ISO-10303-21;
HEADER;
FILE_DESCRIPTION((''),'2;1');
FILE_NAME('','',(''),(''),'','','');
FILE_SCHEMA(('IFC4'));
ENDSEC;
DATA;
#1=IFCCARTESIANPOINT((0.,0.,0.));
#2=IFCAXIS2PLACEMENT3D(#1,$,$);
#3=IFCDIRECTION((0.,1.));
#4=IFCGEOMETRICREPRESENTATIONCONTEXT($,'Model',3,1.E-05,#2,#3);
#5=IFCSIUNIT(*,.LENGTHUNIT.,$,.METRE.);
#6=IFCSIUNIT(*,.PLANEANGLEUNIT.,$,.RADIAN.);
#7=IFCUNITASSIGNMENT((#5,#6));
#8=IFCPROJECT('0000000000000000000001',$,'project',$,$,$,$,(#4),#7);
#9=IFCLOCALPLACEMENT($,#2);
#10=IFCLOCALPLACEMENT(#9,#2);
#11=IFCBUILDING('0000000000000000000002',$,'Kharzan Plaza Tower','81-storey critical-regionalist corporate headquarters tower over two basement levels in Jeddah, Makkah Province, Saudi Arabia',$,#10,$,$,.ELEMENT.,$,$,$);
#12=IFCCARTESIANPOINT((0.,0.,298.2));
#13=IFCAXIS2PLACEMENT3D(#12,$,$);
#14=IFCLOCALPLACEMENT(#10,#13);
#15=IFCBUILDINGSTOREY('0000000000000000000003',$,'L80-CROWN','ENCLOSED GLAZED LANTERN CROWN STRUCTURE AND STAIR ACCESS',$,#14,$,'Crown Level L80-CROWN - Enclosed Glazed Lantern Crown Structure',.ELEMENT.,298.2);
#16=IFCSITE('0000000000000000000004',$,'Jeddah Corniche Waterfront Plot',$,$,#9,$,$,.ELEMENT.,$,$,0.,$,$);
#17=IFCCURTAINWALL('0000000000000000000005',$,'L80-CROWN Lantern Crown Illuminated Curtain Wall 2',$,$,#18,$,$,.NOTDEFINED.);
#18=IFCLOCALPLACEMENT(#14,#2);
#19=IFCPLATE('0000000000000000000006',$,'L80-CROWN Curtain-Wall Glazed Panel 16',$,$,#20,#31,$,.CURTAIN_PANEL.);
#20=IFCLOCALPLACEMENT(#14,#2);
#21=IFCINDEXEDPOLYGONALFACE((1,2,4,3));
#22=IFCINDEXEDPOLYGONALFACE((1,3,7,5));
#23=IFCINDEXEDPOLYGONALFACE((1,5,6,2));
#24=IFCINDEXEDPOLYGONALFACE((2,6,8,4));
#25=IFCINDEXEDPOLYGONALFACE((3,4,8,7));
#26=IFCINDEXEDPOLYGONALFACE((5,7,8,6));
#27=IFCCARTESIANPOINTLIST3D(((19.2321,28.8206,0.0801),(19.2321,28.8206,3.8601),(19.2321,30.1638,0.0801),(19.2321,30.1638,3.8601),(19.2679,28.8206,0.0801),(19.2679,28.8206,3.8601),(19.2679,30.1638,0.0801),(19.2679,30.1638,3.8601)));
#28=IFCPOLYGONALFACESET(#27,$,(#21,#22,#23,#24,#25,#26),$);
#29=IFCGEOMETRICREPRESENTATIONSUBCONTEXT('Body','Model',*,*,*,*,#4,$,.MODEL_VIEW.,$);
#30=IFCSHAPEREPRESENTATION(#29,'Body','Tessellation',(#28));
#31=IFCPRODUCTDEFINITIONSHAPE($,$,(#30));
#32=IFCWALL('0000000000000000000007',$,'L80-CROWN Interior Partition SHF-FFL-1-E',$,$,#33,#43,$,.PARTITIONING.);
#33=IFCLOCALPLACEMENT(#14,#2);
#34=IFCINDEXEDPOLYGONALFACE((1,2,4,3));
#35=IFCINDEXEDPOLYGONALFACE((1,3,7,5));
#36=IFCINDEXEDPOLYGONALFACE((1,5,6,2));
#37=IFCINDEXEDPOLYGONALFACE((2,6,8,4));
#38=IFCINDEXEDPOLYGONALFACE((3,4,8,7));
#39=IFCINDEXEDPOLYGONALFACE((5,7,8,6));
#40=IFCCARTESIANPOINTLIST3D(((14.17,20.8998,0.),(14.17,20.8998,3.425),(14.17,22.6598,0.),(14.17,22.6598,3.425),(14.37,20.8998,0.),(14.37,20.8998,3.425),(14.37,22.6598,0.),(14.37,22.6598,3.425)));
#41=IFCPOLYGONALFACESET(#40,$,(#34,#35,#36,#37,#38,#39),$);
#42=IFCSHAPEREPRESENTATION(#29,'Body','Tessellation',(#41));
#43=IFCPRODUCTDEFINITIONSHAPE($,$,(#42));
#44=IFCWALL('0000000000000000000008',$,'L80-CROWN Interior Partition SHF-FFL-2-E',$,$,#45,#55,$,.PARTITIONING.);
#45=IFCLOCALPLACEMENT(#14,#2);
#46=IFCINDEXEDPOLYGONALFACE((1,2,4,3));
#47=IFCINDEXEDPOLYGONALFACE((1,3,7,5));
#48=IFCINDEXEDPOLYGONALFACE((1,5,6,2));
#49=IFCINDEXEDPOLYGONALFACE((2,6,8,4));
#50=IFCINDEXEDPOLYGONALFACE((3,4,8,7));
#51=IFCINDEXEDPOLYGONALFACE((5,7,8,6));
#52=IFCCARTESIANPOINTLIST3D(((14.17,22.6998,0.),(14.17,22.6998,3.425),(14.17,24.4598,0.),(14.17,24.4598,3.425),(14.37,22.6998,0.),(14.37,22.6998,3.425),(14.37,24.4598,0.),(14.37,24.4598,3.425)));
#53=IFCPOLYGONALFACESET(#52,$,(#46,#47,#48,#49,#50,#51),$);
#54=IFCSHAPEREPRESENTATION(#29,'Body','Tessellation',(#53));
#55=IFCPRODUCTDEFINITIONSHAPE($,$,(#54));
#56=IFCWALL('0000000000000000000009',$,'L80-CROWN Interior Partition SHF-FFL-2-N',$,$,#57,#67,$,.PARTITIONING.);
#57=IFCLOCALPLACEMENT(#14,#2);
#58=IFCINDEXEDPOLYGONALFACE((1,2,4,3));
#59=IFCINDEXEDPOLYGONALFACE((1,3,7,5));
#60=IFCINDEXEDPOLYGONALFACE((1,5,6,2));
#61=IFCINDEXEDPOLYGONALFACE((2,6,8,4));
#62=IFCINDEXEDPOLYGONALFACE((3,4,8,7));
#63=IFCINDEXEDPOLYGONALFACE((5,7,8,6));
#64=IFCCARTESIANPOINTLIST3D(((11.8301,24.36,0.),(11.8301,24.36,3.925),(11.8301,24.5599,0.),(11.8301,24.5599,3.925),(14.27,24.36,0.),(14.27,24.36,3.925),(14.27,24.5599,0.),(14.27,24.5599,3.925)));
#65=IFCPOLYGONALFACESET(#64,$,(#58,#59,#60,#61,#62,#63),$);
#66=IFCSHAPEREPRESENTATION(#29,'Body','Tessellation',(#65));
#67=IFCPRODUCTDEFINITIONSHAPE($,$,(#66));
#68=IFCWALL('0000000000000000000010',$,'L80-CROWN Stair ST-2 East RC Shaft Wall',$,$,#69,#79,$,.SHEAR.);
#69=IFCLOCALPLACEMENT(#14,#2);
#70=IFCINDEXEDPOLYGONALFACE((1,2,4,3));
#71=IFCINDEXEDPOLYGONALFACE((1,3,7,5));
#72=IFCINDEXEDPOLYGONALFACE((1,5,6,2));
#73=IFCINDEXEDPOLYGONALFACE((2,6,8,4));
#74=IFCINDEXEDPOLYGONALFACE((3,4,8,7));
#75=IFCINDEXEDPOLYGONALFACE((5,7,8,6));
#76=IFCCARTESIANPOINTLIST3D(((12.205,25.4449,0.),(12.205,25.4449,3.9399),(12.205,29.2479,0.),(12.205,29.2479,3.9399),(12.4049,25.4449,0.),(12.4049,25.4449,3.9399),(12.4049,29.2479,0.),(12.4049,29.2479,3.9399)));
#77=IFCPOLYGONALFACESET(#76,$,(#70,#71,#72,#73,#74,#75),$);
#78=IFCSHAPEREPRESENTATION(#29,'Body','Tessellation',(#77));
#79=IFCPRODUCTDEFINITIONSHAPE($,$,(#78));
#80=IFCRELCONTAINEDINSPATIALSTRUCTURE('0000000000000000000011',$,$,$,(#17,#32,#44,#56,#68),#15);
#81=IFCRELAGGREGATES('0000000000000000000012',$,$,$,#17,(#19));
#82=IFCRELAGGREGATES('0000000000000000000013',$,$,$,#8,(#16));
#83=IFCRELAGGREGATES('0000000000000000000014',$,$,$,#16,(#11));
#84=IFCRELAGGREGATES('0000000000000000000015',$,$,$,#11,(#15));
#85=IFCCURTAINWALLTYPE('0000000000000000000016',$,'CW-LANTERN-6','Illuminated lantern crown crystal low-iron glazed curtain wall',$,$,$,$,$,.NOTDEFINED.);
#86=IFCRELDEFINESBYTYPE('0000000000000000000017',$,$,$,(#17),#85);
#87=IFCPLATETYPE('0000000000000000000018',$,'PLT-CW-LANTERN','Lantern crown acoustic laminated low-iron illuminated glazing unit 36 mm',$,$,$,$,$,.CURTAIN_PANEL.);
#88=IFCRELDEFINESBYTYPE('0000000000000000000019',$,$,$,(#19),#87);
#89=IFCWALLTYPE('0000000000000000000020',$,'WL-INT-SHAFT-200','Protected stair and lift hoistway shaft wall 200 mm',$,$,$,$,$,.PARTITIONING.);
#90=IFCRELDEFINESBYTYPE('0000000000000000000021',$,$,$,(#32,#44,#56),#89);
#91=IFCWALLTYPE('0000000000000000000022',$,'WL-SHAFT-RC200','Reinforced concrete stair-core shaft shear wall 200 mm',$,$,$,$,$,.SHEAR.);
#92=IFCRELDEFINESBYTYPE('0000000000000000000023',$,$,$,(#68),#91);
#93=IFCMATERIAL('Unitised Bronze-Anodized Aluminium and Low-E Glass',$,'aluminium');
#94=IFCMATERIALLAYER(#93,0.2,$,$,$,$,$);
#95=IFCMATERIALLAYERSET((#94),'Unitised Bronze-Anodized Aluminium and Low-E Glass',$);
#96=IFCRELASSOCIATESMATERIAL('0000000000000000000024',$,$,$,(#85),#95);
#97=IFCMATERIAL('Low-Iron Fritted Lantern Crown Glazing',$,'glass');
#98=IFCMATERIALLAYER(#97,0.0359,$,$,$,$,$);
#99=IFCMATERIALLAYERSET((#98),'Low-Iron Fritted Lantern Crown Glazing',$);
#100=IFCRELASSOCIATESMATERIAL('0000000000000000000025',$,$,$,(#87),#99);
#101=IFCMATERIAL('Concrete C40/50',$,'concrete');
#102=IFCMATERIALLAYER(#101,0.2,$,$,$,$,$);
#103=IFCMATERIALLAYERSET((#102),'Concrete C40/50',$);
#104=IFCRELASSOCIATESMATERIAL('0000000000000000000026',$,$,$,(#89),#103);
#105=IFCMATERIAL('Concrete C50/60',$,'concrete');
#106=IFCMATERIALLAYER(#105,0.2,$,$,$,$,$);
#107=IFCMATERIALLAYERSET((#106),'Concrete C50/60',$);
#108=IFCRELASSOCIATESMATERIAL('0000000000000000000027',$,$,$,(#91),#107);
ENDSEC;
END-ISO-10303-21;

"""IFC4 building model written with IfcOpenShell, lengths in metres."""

from ifc_helpers import new_model, si_unit, direction, frame, frame_2d, origin, origin_2d, place, context, subcontext, project, spatial, rectangle, extrude, source, transform, mapped, material, layer, layer_set, type_object, element, aggregate, save


model = new_model("IFC4")

# Units and contexts
model_context = context("Model", 3, precision=1e-05, world=origin(), true_north=direction((0.0, 1.0)))
body_context = subcontext(model_context, "Body", "Model", "MODEL_VIEW")
ifc_project = project(units=[si_unit("LENGTHUNIT", "METRE"), si_unit("PLANEANGLEUNIT", "RADIAN")], contexts=[model_context])

# Site, building, storey
site_placement = place(None, origin())
site = spatial("IfcSite", under=ifc_project, at=site_placement, Name="Jeddah Corniche Waterfront Plot", CompositionType="ELEMENT", RefElevation=0.0)
building_placement = place(site_placement, origin())
building = spatial("IfcBuilding", under=site, at=building_placement, Name="Kharzan Plaza Tower", Description="81-storey critical-regionalist corporate headquarters tower over two basement levels in Jeddah, Makkah Province, Saudi Arabia", CompositionType="ELEMENT")
storey_placement = place(building_placement, frame((0.0, 0.0, 298.2)))
storey = spatial("IfcBuildingStorey", under=building, at=storey_placement, Name="L80-CROWN", Description="ENCLOSED GLAZED LANTERN CROWN STRUCTURE AND STAIR ACCESS", LongName="Crown Level L80-CROWN - Enclosed Glazed Lantern Crown Structure", CompositionType="ELEMENT", Elevation=298.2)

# Curtain wall
ifc_material_1 = material(Name="Unitised Bronze-Anodized Aluminium and Low-E Glass", Category="aluminium")
ifc_layer_1 = layer(ifc_material_1, 0.2)
ifc_layer_set_1 = layer_set([ifc_layer_1], Name="Unitised Bronze-Anodized Aluminium and Low-E Glass")
curtain_wall_type = type_object("IfcCurtainWallType", Name="CW-LANTERN-6", Description="Illuminated lantern crown crystal low-iron glazed curtain wall", PredefinedType="NOTDEFINED", material=ifc_layer_set_1)
curtain_wall_placement = place(storey_placement, origin())
curtain_wall = element("IfcCurtainWall", 1, at=curtain_wall_placement, inside=storey, type_object=curtain_wall_type, Name="L80-CROWN Lantern Crown Illuminated Curtain Wall 2", PredefinedType="NOTDEFINED")

# Plate
ifc_material_2 = material(Name="Low-Iron Fritted Lantern Crown Glazing", Category="glass")
ifc_layer_2 = layer(ifc_material_2, 0.0359)
ifc_layer_set_2 = layer_set([ifc_layer_2], Name="Low-Iron Fritted Lantern Crown Glazing")
plate_type_1 = type_object("IfcPlateType", Name="PLT-CW-LANTERN", Description="Lantern crown acoustic laminated low-iron illuminated glazing unit 36 mm", PredefinedType="CURTAIN_PANEL", material=ifc_layer_set_2)
shared_shape_1 = source(origin(), body_context, "Body", "SweptSolid", [
    extrude(rectangle(XDim=1.3433, YDim=0.0359, at=origin_2d()), origin(), (0.0, 0.0, 1.0), 3.78),
])
plate_1_placement = place(storey_placement, frame((19.25, 29.4922, 0.0801), z_axis=(0.0, 0.0, 1.0), x_axis=(0.0, 1.0, 0.0)))
plate_1 = element("IfcPlate", 2, at=plate_1_placement, type_object=plate_type_1, Name="L80-CROWN Curtain-Wall Glazed Panel 16", PredefinedType="CURTAIN_PANEL", context=body_context, shape_type="MappedRepresentation", body=[
    mapped(shared_shape_1, transform((0.0, 0.0, 0.0), x_axis=(1.0, 0.0, 0.0), y_axis=(0.0, 1.0, 0.0), z_axis=(0.0, 0.0, 1.0))),
])
aggregate(curtain_wall, [plate_1])

# Walls
ifc_material_3 = material(Name="Concrete C40/50", Category="concrete")
ifc_layer_3 = layer(ifc_material_3, 0.2)
ifc_layer_set_3 = layer_set([ifc_layer_3], Name="Concrete C40/50")
wall_type_1 = type_object("IfcWallType", Name="WL-INT-SHAFT-200", Description="Protected stair and lift hoistway shaft wall 200 mm", PredefinedType="PARTITIONING", material=ifc_layer_set_3)
shared_shape_2 = source(origin(), body_context, "Body", "SweptSolid", [
    extrude(rectangle(XDim=1.76, YDim=0.2, at=frame_2d((0.8799, 0.0))), origin(), (0.0, 0.0, 1.0), 3.425),
])
for number, where, z_axis, x_axis, name in (
    (3, (14.27, 20.8999, 0.0), (0.0, 0.0, 1.0), (0.0, 1.0, 0.0), "L80-CROWN Interior Partition SHF-FFL-1-E"),
    (4, (14.27, 22.7, 0.0), (0.0, 0.0, 1.0), (0.0, 1.0, 0.0), "L80-CROWN Interior Partition SHF-FFL-2-E"),
):
    element("IfcWall", number, at=place(storey_placement, frame(where, z_axis=z_axis, x_axis=x_axis)), inside=storey, type_object=wall_type_1, Name=name, PredefinedType="PARTITIONING", context=body_context, shape_type="MappedRepresentation", body=[
        mapped(shared_shape_2, transform((0.0, 0.0, 0.0), x_axis=(1.0, 0.0, 0.0), y_axis=(0.0, 1.0, 0.0), z_axis=(0.0, 0.0, 1.0))),
    ])
shared_shape_3 = source(origin(), body_context, "Body", "SweptSolid", [
    extrude(rectangle(XDim=2.4399, YDim=0.2, at=frame_2d((1.22, 0.0))), origin(), (0.0, 0.0, 1.0), 3.925),
])
wall_1_placement = place(storey_placement, frame((11.8301, 24.46, 0.0), z_axis=(0.0, 0.0, 1.0), x_axis=(1.0, 0.0, 0.0)))
element("IfcWall", 5, at=wall_1_placement, inside=storey, type_object=wall_type_1, Name="L80-CROWN Interior Partition SHF-FFL-2-N", PredefinedType="PARTITIONING", context=body_context, shape_type="MappedRepresentation", body=[
    mapped(shared_shape_3, transform((0.0, 0.0, 0.0), x_axis=(1.0, 0.0, 0.0), y_axis=(0.0, 1.0, 0.0), z_axis=(0.0, 0.0, 1.0))),
])
ifc_material_4 = material(Name="Concrete C50/60", Category="concrete")
ifc_layer_4 = layer(ifc_material_4, 0.2)
ifc_layer_set_4 = layer_set([ifc_layer_4], Name="Concrete C50/60")
wall_type_2 = type_object("IfcWallType", Name="WL-SHAFT-RC200", Description="Reinforced concrete stair-core shaft shear wall 200 mm", PredefinedType="SHEAR", material=ifc_layer_set_4)
shared_shape_4 = source(origin(), body_context, "Body", "SweptSolid", [
    extrude(rectangle(XDim=3.803, YDim=0.2, at=frame_2d((1.9014, 0.0))), origin(), (0.0, 0.0, 1.0), 3.9399),
])
wall_2_placement = place(storey_placement, frame((12.3049, 25.4451, 0.0), z_axis=(0.0, 0.0, 1.0), x_axis=(0.0, 1.0, 0.0)))
element("IfcWall", 6, at=wall_2_placement, inside=storey, type_object=wall_type_2, Name="L80-CROWN Stair ST-2 East RC Shaft Wall", PredefinedType="SHEAR", context=body_context, shape_type="MappedRepresentation", body=[
    mapped(shared_shape_4, transform((0.0, 0.0, 0.0), x_axis=(1.0, 0.0, 0.0), y_axis=(0.0, 1.0, 0.0), z_axis=(0.0, 0.0, 1.0))),
])

save(model, "model.ifc")
